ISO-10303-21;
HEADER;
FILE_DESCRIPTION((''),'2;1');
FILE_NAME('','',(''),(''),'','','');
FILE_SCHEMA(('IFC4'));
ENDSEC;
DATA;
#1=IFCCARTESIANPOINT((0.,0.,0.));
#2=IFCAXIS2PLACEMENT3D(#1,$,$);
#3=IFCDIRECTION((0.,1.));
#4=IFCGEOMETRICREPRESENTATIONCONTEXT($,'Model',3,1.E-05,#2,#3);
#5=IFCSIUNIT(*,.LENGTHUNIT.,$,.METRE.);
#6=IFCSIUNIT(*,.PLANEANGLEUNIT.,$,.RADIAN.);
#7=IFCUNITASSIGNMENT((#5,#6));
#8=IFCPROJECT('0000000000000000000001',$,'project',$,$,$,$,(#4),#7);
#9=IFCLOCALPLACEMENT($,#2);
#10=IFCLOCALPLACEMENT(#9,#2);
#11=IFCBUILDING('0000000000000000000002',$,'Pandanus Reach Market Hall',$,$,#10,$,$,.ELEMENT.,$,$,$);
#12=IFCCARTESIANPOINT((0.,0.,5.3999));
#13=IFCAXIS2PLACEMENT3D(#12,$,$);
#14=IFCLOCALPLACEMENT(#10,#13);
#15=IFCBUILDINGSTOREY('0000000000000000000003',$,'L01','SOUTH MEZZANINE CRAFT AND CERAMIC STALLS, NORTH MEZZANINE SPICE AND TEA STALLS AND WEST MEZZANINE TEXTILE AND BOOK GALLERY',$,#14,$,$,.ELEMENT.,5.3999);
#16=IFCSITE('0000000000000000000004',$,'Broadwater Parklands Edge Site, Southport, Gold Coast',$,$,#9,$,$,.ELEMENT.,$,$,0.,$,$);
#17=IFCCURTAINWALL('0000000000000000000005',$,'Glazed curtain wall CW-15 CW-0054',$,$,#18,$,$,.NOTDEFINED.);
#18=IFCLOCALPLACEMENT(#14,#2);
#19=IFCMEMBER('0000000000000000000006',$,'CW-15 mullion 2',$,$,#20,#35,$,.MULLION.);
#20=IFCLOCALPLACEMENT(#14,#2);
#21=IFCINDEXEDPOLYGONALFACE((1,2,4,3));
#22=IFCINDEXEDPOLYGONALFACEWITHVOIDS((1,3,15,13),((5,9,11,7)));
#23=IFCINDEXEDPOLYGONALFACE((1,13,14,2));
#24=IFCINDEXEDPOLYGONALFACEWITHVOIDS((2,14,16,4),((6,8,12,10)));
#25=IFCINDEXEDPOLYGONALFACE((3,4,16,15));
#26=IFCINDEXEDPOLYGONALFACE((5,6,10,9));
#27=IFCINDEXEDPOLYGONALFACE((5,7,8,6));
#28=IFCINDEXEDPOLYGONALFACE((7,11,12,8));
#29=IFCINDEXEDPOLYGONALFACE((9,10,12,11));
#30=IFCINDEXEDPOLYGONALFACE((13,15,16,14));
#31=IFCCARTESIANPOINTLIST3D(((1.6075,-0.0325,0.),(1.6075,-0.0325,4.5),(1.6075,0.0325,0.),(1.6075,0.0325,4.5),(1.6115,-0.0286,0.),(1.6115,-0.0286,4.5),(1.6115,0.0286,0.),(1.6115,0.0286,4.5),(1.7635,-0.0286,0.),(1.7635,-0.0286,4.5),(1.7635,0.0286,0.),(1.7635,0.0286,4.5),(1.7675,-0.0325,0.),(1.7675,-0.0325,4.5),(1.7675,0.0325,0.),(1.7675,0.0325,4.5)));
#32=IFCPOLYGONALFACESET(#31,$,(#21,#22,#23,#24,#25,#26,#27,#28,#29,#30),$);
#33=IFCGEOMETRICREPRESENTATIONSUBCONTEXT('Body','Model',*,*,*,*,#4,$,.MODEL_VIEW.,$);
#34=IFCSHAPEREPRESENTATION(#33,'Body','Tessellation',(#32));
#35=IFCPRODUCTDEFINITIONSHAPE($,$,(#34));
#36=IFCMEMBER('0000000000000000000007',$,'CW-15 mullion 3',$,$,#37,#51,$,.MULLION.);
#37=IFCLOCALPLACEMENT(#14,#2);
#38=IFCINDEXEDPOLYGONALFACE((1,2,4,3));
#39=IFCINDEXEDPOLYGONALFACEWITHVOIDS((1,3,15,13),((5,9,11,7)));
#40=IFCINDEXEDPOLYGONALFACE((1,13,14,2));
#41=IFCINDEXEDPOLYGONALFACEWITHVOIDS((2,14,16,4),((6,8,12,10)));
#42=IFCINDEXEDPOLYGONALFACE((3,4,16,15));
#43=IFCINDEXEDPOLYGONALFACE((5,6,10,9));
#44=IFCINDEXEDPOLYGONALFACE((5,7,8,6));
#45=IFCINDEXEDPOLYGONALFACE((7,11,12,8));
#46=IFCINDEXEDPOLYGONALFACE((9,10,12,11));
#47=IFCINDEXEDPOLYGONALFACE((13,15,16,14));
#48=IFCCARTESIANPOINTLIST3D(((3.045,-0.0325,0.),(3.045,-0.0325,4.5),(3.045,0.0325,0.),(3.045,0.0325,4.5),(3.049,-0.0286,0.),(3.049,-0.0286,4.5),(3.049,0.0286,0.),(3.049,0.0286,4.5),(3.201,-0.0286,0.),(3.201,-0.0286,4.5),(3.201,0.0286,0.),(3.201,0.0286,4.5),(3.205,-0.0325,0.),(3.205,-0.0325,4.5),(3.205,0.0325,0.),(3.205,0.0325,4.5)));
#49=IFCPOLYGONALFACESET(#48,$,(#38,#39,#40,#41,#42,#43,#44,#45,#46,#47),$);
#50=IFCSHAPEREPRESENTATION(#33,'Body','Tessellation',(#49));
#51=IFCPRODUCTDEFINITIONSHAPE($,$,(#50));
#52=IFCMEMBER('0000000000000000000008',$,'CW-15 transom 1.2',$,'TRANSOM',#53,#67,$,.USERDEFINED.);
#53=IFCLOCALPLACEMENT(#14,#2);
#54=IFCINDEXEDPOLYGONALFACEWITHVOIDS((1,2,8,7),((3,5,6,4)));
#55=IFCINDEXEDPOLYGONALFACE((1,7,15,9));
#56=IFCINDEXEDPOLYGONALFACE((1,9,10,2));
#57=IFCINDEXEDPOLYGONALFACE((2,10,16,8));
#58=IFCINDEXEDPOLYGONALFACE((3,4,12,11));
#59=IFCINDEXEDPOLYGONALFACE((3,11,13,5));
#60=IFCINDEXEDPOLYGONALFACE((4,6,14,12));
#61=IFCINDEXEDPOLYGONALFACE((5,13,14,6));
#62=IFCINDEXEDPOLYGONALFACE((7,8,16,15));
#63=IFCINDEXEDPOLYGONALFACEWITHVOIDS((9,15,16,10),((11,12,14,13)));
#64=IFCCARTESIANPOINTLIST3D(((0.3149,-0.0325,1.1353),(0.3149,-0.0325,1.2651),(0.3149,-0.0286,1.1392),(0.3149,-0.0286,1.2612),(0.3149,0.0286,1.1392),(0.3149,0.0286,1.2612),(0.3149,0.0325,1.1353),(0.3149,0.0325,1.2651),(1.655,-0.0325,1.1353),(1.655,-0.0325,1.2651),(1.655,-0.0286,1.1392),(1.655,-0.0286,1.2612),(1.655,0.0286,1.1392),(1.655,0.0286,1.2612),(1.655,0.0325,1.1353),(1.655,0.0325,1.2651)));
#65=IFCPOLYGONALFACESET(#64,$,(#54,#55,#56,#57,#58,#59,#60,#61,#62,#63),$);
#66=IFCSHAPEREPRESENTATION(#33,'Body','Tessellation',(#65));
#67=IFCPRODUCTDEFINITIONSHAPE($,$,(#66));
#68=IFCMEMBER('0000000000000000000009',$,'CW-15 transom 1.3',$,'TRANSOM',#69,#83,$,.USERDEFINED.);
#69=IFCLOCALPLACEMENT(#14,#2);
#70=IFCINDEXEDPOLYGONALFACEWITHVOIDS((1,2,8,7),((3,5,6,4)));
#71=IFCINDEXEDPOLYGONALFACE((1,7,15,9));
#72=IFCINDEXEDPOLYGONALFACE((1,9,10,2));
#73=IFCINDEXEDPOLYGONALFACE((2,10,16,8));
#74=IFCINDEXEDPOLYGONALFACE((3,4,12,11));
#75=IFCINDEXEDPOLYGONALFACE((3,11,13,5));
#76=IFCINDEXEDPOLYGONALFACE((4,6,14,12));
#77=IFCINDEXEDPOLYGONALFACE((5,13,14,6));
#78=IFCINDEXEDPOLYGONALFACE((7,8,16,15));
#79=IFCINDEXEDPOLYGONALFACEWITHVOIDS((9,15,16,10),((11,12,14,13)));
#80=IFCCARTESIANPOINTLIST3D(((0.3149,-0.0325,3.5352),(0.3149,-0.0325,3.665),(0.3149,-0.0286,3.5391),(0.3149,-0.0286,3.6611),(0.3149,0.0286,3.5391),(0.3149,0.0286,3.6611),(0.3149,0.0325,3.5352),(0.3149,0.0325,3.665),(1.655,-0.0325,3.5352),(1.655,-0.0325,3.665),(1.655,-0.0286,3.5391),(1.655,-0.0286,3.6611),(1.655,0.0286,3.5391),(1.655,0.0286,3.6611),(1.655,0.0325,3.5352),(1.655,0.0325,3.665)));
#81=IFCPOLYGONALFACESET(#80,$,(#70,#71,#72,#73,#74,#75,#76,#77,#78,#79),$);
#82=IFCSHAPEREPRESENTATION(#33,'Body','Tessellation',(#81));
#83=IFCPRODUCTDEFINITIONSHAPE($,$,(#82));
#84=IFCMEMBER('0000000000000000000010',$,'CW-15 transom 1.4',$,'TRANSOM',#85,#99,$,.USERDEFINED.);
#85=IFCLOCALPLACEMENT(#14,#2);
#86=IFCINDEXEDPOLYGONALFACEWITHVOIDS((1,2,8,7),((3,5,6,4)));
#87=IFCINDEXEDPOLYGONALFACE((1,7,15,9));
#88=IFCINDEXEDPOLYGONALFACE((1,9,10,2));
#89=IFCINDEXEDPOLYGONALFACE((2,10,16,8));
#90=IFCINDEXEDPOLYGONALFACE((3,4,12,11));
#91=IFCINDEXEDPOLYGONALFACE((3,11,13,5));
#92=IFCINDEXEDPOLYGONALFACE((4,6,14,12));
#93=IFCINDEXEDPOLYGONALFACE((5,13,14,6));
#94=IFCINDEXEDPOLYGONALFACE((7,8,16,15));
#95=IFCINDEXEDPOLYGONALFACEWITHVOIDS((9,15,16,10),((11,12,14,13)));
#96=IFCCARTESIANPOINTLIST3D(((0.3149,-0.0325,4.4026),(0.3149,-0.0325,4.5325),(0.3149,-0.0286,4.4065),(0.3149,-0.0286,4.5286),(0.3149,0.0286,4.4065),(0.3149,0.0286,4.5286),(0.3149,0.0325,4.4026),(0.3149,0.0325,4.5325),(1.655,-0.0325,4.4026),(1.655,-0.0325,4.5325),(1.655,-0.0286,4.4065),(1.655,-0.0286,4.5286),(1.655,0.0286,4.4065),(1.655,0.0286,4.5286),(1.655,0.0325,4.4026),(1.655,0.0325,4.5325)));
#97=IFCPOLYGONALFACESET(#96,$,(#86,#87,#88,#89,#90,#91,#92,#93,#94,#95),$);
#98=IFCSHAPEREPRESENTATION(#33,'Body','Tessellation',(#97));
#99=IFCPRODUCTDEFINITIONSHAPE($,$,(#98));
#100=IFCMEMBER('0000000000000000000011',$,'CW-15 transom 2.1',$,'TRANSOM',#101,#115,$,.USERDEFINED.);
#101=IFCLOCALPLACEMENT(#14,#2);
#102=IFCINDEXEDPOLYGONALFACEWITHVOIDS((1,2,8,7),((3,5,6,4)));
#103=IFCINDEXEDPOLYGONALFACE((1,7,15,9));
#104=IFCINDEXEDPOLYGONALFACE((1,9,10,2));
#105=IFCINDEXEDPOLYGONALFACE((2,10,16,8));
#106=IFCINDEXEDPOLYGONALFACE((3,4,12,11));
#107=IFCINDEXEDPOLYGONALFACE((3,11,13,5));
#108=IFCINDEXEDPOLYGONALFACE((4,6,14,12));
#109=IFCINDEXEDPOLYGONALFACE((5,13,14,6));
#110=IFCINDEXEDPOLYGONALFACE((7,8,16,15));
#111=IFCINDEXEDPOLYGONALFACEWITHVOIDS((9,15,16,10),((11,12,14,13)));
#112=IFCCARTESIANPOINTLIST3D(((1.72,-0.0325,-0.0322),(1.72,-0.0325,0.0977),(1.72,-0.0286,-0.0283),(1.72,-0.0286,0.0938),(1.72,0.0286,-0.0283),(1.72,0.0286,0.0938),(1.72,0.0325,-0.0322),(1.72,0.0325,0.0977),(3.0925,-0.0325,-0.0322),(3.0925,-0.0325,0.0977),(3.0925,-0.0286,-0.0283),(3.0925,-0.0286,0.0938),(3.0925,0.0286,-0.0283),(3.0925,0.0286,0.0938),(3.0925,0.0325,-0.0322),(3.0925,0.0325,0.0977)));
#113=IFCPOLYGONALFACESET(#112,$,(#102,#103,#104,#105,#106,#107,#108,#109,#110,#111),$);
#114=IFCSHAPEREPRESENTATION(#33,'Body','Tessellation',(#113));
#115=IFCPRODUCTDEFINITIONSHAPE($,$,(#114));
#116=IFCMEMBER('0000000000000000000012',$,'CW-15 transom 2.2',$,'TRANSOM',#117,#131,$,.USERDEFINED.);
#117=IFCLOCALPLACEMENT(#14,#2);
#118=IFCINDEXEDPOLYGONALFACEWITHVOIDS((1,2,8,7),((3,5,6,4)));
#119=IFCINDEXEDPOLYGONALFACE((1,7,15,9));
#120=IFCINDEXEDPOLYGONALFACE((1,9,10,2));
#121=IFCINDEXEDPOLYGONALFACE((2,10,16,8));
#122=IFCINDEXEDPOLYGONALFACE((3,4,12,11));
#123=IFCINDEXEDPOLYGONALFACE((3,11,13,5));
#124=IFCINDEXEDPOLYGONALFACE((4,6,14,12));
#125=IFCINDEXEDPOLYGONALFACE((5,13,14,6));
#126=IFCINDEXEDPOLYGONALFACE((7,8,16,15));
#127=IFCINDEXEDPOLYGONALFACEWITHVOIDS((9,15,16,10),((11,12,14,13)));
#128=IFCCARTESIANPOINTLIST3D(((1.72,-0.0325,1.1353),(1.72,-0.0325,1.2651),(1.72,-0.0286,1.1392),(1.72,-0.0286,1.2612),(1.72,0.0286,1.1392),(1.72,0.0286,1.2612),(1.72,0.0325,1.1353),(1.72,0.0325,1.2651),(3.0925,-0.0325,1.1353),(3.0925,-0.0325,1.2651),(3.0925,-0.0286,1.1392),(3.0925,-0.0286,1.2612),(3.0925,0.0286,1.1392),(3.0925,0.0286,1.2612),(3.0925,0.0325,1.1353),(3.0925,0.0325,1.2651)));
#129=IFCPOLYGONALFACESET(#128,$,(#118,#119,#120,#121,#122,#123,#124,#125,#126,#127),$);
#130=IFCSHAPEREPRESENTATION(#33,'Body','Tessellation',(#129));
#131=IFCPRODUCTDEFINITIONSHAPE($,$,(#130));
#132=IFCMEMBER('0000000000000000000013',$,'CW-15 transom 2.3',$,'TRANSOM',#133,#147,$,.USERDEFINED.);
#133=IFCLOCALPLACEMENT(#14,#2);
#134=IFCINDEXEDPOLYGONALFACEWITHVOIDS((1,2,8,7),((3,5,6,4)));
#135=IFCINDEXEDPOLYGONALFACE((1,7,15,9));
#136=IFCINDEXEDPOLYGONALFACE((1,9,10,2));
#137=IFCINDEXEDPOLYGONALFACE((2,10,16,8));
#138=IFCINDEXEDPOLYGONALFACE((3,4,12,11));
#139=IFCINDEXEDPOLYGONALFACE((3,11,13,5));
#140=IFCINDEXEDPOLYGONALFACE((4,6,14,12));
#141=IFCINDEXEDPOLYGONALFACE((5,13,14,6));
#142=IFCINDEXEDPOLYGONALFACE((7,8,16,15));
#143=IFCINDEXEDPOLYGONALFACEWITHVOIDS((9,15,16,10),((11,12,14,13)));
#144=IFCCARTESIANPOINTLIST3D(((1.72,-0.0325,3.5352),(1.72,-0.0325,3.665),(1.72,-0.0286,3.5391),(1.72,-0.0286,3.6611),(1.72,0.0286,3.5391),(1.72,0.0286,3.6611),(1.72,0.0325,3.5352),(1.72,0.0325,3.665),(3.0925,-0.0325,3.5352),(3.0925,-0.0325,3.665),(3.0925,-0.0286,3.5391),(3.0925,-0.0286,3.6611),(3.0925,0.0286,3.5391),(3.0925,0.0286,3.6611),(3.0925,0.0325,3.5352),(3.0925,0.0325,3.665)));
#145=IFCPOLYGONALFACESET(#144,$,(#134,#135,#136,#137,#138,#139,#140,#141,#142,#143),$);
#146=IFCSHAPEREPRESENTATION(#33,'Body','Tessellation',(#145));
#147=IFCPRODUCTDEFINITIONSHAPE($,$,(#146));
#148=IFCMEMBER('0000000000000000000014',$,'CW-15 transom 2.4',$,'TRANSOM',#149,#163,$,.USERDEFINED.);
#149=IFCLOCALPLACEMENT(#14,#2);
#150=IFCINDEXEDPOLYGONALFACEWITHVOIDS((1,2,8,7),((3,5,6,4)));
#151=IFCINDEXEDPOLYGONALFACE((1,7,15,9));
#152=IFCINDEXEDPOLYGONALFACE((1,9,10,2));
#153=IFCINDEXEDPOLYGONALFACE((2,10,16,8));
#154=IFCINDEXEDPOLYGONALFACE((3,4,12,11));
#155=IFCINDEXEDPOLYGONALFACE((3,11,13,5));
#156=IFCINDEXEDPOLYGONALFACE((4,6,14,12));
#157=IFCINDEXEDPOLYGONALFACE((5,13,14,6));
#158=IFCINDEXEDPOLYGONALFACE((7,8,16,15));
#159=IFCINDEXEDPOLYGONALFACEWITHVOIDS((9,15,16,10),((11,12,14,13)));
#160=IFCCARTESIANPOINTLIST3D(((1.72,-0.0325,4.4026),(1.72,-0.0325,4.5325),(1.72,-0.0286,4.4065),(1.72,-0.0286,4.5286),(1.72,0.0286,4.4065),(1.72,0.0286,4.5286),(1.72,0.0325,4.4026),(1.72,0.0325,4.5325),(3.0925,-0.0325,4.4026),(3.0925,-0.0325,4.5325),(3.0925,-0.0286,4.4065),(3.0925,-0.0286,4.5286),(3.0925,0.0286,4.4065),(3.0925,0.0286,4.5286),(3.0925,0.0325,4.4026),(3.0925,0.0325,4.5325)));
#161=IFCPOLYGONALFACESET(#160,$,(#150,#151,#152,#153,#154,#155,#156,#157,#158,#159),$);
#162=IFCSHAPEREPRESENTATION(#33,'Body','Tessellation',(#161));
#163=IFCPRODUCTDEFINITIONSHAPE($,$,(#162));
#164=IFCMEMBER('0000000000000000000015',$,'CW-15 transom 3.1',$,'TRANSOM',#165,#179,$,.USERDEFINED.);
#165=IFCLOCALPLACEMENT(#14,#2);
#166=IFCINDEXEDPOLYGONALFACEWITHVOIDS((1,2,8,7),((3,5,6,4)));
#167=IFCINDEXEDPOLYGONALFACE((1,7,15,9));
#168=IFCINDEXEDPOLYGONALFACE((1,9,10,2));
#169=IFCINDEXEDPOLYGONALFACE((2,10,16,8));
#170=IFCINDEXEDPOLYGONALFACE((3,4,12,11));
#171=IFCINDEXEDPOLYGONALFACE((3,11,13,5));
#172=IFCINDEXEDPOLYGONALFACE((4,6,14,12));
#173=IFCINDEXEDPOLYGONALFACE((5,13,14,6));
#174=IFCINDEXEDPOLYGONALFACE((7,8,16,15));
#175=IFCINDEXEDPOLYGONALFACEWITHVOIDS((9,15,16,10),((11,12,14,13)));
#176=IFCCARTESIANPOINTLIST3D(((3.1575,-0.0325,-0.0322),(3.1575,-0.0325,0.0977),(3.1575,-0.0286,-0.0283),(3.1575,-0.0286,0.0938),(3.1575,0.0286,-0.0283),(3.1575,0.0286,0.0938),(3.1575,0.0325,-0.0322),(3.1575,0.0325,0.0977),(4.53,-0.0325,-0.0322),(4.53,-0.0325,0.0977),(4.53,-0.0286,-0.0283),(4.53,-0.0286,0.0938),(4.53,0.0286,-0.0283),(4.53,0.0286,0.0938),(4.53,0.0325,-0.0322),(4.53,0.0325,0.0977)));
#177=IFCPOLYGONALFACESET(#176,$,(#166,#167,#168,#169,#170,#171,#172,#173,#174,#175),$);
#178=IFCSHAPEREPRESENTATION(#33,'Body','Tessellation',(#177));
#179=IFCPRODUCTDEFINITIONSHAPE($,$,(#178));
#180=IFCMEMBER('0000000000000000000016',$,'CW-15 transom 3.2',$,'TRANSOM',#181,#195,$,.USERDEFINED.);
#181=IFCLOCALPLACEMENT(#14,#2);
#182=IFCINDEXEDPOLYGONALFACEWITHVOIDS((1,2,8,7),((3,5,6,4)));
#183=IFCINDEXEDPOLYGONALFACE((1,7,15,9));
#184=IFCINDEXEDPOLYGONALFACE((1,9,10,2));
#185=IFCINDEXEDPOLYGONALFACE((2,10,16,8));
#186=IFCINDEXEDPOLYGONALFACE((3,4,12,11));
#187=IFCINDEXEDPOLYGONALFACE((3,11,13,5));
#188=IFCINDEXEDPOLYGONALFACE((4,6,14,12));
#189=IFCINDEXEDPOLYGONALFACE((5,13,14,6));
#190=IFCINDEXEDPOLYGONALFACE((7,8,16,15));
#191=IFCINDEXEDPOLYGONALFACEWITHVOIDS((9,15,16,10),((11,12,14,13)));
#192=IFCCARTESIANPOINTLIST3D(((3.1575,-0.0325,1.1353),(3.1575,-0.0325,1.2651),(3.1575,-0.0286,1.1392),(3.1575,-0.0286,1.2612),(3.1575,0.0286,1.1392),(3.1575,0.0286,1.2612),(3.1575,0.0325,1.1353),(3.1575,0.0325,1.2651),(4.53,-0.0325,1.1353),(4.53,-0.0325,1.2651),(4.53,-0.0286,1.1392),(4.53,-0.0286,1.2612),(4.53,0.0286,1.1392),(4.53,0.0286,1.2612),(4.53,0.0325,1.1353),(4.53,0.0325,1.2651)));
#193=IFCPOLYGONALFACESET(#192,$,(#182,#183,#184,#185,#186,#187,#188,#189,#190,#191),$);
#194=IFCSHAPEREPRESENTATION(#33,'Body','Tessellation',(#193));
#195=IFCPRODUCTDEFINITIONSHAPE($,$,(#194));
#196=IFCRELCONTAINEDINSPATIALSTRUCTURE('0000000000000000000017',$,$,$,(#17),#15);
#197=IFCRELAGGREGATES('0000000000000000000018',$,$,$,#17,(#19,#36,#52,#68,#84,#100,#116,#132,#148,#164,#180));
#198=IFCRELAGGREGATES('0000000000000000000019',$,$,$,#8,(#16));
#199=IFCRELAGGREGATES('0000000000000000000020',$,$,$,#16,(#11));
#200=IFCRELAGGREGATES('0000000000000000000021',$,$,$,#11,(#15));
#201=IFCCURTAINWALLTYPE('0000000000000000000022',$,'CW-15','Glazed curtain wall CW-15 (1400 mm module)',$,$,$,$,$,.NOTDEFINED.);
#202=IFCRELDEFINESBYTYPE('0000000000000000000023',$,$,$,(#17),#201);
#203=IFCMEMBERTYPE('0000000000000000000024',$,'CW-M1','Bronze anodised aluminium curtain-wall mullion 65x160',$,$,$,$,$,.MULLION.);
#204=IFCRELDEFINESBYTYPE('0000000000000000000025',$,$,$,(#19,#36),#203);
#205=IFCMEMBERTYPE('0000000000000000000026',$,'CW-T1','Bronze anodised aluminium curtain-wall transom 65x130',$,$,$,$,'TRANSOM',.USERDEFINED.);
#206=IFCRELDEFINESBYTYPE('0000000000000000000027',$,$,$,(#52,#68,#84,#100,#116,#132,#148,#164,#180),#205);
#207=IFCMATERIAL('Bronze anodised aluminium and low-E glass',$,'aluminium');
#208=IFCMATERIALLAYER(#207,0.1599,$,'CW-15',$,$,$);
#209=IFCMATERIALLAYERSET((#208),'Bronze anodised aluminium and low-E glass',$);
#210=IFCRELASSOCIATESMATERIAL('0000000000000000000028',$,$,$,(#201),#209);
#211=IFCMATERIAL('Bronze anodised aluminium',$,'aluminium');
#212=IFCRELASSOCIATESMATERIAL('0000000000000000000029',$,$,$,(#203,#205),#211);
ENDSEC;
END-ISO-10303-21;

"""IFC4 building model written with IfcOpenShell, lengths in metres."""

from ifc_helpers import new_model, si_unit, direction, frame, origin, origin_2d, place, context, subcontext, project, spatial, hollow_rectangle, extrude, material, layer, layer_set, material_profile, profile_set, type_object, element, aggregate, save


model = new_model("IFC4")

# Units and contexts
model_context = context("Model", 3, precision=1e-05, world=origin(), true_north=direction((0.0, 1.0)))
body_context = subcontext(model_context, "Body", "Model", "MODEL_VIEW")
ifc_project = project(units=[si_unit("LENGTHUNIT", "METRE"), si_unit("PLANEANGLEUNIT", "RADIAN")], contexts=[model_context])

# Site, building, storey
site_placement = place(None, origin())
site = spatial("IfcSite", under=ifc_project, at=site_placement, Name="Broadwater Parklands Edge Site, Southport, Gold Coast", CompositionType="ELEMENT", RefElevation=0.0)
building_placement = place(site_placement, origin())
building = spatial("IfcBuilding", under=site, at=building_placement, Name="Pandanus Reach Market Hall", CompositionType="ELEMENT")
storey_placement = place(building_placement, frame((0.0, 0.0, 5.3999)))
storey = spatial("IfcBuildingStorey", under=building, at=storey_placement, Name="L01", Description="SOUTH MEZZANINE CRAFT AND CERAMIC STALLS, NORTH MEZZANINE SPICE AND TEA STALLS AND WEST MEZZANINE TEXTILE AND BOOK GALLERY", CompositionType="ELEMENT", Elevation=5.3999)

# Curtain wall, members
ifc_material_1 = material(Name="Bronze anodised aluminium and low-E glass", Category="aluminium")
ifc_layer_1 = layer(ifc_material_1, 0.1599, Name="CW-15")
ifc_layer_set_1 = layer_set([ifc_layer_1], Name="Bronze anodised aluminium and low-E glass")
curtain_wall_type = type_object("IfcCurtainWallType", Name="CW-15", Description="Glazed curtain wall CW-15 (1400 mm module)", PredefinedType="NOTDEFINED", material=ifc_layer_set_1)
curtain_wall_placement = place(storey_placement, origin())
curtain_wall = element("IfcCurtainWall", 1, at=curtain_wall_placement, inside=storey, type_object=curtain_wall_type, Name="Glazed curtain wall CW-15 CW-0054", PredefinedType="NOTDEFINED")
ifc_material_2 = material(Name="Bronze anodised aluminium", Category="aluminium")
ifc_material_profile_1 = material_profile(ifc_material_2, hollow_rectangle(XDim=0.0649, YDim=0.1599, WallThickness=0.0039, at=origin_2d()), Name="ALU65x160", Category="LoadBearing")
ifc_profile_set_1 = profile_set([ifc_material_profile_1], Name="Bronze anodised aluminium")
member_type_1 = type_object("IfcMemberType", Name="CW-M1", Description="Bronze anodised aluminium curtain-wall mullion 65x160", PredefinedType="MULLION", material=ifc_profile_set_1)
member_1_placement = place(storey_placement, frame((1.6875, 0.0, 0.0), z_axis=(0.0, 0.0, 1.0), x_axis=(0.0, 1.0, 0.0)))
member_1 = element("IfcMember", 2, at=member_1_placement, type_object=member_type_1, Name="CW-15 mullion 2", PredefinedType="MULLION", context=body_context, shape_type="SweptSolid", body=[
    extrude(hollow_rectangle(XDim=0.0649, YDim=0.1599, WallThickness=0.0039, at=origin_2d()), origin(), (0.0, 0.0, 1.0), 4.5),
])
member_2_placement = place(storey_placement, frame((3.125, 0.0, 0.0), z_axis=(0.0, 0.0, 1.0), x_axis=(0.0, 1.0, 0.0)))
member_2 = element("IfcMember", 3, at=member_2_placement, type_object=member_type_1, Name="CW-15 mullion 3", PredefinedType="MULLION", context=body_context, shape_type="SweptSolid", body=[
    extrude(hollow_rectangle(XDim=0.0649, YDim=0.1599, WallThickness=0.0039, at=origin_2d()), origin(), (0.0, 0.0, 1.0), 4.5),
])
ifc_material_profile_2 = material_profile(ifc_material_2, hollow_rectangle(XDim=0.0649, YDim=0.1299, WallThickness=0.0039, at=origin_2d()), Name="ALU65x130", Category="LoadBearing")
ifc_profile_set_2 = profile_set([ifc_material_profile_2], Name="Bronze anodised aluminium")
member_type_2 = type_object("IfcMemberType", Name="CW-T1", Description="Bronze anodised aluminium curtain-wall transom 65x130", ElementType="TRANSOM", PredefinedType="USERDEFINED", material=ifc_profile_set_2)
member_3_placement = place(storey_placement, frame((0.3149, 0.0, 1.2002), z_axis=(1.0, 0.0, 0.0), x_axis=(0.0, 1.0, 0.0)))
member_3 = element("IfcMember", 4, at=member_3_placement, type_object=member_type_2, Name="CW-15 transom 1.2", ObjectType="TRANSOM", PredefinedType="USERDEFINED", context=body_context, shape_type="SweptSolid", body=[
    extrude(hollow_rectangle(XDim=0.0649, YDim=0.1299, WallThickness=0.0039, at=origin_2d()), origin(), (0.0, 0.0, 1.0), 1.3401),
])
member_4_placement = place(storey_placement, frame((0.3149, 0.0, 3.6001), z_axis=(1.0, 0.0, 0.0), x_axis=(0.0, 1.0, 0.0)))
member_4 = element("IfcMember", 5, at=member_4_placement, type_object=member_type_2, Name="CW-15 transom 1.3", ObjectType="TRANSOM", PredefinedType="USERDEFINED", context=body_context, shape_type="SweptSolid", body=[
    extrude(hollow_rectangle(XDim=0.0649, YDim=0.1299, WallThickness=0.0039, at=origin_2d()), origin(), (0.0, 0.0, 1.0), 1.3401),
])
member_5_placement = place(storey_placement, frame((0.3149, 0.0, 4.4675), z_axis=(1.0, 0.0, 0.0), x_axis=(0.0, 1.0, 0.0)))
member_5 = element("IfcMember", 6, at=member_5_placement, type_object=member_type_2, Name="CW-15 transom 1.4", ObjectType="TRANSOM", PredefinedType="USERDEFINED", context=body_context, shape_type="SweptSolid", body=[
    extrude(hollow_rectangle(XDim=0.0649, YDim=0.1299, WallThickness=0.0039, at=origin_2d()), origin(), (0.0, 0.0, 1.0), 1.3401),
])
member_6_placement = place(storey_placement, frame((1.72, 0.0, 0.0327), z_axis=(1.0, 0.0, 0.0), x_axis=(0.0, 1.0, 0.0)))
member_6 = element("IfcMember", 7, at=member_6_placement, type_object=member_type_2, Name="CW-15 transom 2.1", ObjectType="TRANSOM", PredefinedType="USERDEFINED", context=body_context, shape_type="SweptSolid", body=[
    extrude(hollow_rectangle(XDim=0.0649, YDim=0.1299, WallThickness=0.0039, at=origin_2d()), origin(), (0.0, 0.0, 1.0), 1.3726),
])
member_7_placement = place(storey_placement, frame((1.72, 0.0, 1.2002), z_axis=(1.0, 0.0, 0.0), x_axis=(0.0, 1.0, 0.0)))
member_7 = element("IfcMember", 8, at=member_7_placement, type_object=member_type_2, Name="CW-15 transom 2.2", ObjectType="TRANSOM", PredefinedType="USERDEFINED", context=body_context, shape_type="SweptSolid", body=[
    extrude(hollow_rectangle(XDim=0.0649, YDim=0.1299, WallThickness=0.0039, at=origin_2d()), origin(), (0.0, 0.0, 1.0), 1.3726),
])
member_8_placement = place(storey_placement, frame((1.72, 0.0, 3.6001), z_axis=(1.0, 0.0, 0.0), x_axis=(0.0, 1.0, 0.0)))
member_8 = element("IfcMember", 9, at=member_8_placement, type_object=member_type_2, Name="CW-15 transom 2.3", ObjectType="TRANSOM", PredefinedType="USERDEFINED", context=body_context, shape_type="SweptSolid", body=[
    extrude(hollow_rectangle(XDim=0.0649, YDim=0.1299, WallThickness=0.0039, at=origin_2d()), origin(), (0.0, 0.0, 1.0), 1.3726),
])
member_9_placement = place(storey_placement, frame((1.72, 0.0, 4.4675), z_axis=(1.0, 0.0, 0.0), x_axis=(0.0, 1.0, 0.0)))
member_9 = element("IfcMember", 10, at=member_9_placement, type_object=member_type_2, Name="CW-15 transom 2.4", ObjectType="TRANSOM", PredefinedType="USERDEFINED", context=body_context, shape_type="SweptSolid", body=[
    extrude(hollow_rectangle(XDim=0.0649, YDim=0.1299, WallThickness=0.0039, at=origin_2d()), origin(), (0.0, 0.0, 1.0), 1.3726),
])
member_10_placement = place(storey_placement, frame((3.1575, 0.0, 0.0327), z_axis=(1.0, 0.0, 0.0), x_axis=(0.0, 1.0, 0.0)))
member_10 = element("IfcMember", 11, at=member_10_placement, type_object=member_type_2, Name="CW-15 transom 3.1", ObjectType="TRANSOM", PredefinedType="USERDEFINED", context=body_context, shape_type="SweptSolid", body=[
    extrude(hollow_rectangle(XDim=0.0649, YDim=0.1299, WallThickness=0.0039, at=origin_2d()), origin(), (0.0, 0.0, 1.0), 1.3726),
])
member_11_placement = place(storey_placement, frame((3.1575, 0.0, 1.2002), z_axis=(1.0, 0.0, 0.0), x_axis=(0.0, 1.0, 0.0)))
member_11 = element("IfcMember", 12, at=member_11_placement, type_object=member_type_2, Name="CW-15 transom 3.2", ObjectType="TRANSOM", PredefinedType="USERDEFINED", context=body_context, shape_type="SweptSolid", body=[
    extrude(hollow_rectangle(XDim=0.0649, YDim=0.1299, WallThickness=0.0039, at=origin_2d()), origin(), (0.0, 0.0, 1.0), 1.3726),
])
aggregate(curtain_wall, [member_1, member_2, member_3, member_4, member_5, member_6, member_7, member_8, member_9, member_10, member_11])

save(model, "model.ifc")
